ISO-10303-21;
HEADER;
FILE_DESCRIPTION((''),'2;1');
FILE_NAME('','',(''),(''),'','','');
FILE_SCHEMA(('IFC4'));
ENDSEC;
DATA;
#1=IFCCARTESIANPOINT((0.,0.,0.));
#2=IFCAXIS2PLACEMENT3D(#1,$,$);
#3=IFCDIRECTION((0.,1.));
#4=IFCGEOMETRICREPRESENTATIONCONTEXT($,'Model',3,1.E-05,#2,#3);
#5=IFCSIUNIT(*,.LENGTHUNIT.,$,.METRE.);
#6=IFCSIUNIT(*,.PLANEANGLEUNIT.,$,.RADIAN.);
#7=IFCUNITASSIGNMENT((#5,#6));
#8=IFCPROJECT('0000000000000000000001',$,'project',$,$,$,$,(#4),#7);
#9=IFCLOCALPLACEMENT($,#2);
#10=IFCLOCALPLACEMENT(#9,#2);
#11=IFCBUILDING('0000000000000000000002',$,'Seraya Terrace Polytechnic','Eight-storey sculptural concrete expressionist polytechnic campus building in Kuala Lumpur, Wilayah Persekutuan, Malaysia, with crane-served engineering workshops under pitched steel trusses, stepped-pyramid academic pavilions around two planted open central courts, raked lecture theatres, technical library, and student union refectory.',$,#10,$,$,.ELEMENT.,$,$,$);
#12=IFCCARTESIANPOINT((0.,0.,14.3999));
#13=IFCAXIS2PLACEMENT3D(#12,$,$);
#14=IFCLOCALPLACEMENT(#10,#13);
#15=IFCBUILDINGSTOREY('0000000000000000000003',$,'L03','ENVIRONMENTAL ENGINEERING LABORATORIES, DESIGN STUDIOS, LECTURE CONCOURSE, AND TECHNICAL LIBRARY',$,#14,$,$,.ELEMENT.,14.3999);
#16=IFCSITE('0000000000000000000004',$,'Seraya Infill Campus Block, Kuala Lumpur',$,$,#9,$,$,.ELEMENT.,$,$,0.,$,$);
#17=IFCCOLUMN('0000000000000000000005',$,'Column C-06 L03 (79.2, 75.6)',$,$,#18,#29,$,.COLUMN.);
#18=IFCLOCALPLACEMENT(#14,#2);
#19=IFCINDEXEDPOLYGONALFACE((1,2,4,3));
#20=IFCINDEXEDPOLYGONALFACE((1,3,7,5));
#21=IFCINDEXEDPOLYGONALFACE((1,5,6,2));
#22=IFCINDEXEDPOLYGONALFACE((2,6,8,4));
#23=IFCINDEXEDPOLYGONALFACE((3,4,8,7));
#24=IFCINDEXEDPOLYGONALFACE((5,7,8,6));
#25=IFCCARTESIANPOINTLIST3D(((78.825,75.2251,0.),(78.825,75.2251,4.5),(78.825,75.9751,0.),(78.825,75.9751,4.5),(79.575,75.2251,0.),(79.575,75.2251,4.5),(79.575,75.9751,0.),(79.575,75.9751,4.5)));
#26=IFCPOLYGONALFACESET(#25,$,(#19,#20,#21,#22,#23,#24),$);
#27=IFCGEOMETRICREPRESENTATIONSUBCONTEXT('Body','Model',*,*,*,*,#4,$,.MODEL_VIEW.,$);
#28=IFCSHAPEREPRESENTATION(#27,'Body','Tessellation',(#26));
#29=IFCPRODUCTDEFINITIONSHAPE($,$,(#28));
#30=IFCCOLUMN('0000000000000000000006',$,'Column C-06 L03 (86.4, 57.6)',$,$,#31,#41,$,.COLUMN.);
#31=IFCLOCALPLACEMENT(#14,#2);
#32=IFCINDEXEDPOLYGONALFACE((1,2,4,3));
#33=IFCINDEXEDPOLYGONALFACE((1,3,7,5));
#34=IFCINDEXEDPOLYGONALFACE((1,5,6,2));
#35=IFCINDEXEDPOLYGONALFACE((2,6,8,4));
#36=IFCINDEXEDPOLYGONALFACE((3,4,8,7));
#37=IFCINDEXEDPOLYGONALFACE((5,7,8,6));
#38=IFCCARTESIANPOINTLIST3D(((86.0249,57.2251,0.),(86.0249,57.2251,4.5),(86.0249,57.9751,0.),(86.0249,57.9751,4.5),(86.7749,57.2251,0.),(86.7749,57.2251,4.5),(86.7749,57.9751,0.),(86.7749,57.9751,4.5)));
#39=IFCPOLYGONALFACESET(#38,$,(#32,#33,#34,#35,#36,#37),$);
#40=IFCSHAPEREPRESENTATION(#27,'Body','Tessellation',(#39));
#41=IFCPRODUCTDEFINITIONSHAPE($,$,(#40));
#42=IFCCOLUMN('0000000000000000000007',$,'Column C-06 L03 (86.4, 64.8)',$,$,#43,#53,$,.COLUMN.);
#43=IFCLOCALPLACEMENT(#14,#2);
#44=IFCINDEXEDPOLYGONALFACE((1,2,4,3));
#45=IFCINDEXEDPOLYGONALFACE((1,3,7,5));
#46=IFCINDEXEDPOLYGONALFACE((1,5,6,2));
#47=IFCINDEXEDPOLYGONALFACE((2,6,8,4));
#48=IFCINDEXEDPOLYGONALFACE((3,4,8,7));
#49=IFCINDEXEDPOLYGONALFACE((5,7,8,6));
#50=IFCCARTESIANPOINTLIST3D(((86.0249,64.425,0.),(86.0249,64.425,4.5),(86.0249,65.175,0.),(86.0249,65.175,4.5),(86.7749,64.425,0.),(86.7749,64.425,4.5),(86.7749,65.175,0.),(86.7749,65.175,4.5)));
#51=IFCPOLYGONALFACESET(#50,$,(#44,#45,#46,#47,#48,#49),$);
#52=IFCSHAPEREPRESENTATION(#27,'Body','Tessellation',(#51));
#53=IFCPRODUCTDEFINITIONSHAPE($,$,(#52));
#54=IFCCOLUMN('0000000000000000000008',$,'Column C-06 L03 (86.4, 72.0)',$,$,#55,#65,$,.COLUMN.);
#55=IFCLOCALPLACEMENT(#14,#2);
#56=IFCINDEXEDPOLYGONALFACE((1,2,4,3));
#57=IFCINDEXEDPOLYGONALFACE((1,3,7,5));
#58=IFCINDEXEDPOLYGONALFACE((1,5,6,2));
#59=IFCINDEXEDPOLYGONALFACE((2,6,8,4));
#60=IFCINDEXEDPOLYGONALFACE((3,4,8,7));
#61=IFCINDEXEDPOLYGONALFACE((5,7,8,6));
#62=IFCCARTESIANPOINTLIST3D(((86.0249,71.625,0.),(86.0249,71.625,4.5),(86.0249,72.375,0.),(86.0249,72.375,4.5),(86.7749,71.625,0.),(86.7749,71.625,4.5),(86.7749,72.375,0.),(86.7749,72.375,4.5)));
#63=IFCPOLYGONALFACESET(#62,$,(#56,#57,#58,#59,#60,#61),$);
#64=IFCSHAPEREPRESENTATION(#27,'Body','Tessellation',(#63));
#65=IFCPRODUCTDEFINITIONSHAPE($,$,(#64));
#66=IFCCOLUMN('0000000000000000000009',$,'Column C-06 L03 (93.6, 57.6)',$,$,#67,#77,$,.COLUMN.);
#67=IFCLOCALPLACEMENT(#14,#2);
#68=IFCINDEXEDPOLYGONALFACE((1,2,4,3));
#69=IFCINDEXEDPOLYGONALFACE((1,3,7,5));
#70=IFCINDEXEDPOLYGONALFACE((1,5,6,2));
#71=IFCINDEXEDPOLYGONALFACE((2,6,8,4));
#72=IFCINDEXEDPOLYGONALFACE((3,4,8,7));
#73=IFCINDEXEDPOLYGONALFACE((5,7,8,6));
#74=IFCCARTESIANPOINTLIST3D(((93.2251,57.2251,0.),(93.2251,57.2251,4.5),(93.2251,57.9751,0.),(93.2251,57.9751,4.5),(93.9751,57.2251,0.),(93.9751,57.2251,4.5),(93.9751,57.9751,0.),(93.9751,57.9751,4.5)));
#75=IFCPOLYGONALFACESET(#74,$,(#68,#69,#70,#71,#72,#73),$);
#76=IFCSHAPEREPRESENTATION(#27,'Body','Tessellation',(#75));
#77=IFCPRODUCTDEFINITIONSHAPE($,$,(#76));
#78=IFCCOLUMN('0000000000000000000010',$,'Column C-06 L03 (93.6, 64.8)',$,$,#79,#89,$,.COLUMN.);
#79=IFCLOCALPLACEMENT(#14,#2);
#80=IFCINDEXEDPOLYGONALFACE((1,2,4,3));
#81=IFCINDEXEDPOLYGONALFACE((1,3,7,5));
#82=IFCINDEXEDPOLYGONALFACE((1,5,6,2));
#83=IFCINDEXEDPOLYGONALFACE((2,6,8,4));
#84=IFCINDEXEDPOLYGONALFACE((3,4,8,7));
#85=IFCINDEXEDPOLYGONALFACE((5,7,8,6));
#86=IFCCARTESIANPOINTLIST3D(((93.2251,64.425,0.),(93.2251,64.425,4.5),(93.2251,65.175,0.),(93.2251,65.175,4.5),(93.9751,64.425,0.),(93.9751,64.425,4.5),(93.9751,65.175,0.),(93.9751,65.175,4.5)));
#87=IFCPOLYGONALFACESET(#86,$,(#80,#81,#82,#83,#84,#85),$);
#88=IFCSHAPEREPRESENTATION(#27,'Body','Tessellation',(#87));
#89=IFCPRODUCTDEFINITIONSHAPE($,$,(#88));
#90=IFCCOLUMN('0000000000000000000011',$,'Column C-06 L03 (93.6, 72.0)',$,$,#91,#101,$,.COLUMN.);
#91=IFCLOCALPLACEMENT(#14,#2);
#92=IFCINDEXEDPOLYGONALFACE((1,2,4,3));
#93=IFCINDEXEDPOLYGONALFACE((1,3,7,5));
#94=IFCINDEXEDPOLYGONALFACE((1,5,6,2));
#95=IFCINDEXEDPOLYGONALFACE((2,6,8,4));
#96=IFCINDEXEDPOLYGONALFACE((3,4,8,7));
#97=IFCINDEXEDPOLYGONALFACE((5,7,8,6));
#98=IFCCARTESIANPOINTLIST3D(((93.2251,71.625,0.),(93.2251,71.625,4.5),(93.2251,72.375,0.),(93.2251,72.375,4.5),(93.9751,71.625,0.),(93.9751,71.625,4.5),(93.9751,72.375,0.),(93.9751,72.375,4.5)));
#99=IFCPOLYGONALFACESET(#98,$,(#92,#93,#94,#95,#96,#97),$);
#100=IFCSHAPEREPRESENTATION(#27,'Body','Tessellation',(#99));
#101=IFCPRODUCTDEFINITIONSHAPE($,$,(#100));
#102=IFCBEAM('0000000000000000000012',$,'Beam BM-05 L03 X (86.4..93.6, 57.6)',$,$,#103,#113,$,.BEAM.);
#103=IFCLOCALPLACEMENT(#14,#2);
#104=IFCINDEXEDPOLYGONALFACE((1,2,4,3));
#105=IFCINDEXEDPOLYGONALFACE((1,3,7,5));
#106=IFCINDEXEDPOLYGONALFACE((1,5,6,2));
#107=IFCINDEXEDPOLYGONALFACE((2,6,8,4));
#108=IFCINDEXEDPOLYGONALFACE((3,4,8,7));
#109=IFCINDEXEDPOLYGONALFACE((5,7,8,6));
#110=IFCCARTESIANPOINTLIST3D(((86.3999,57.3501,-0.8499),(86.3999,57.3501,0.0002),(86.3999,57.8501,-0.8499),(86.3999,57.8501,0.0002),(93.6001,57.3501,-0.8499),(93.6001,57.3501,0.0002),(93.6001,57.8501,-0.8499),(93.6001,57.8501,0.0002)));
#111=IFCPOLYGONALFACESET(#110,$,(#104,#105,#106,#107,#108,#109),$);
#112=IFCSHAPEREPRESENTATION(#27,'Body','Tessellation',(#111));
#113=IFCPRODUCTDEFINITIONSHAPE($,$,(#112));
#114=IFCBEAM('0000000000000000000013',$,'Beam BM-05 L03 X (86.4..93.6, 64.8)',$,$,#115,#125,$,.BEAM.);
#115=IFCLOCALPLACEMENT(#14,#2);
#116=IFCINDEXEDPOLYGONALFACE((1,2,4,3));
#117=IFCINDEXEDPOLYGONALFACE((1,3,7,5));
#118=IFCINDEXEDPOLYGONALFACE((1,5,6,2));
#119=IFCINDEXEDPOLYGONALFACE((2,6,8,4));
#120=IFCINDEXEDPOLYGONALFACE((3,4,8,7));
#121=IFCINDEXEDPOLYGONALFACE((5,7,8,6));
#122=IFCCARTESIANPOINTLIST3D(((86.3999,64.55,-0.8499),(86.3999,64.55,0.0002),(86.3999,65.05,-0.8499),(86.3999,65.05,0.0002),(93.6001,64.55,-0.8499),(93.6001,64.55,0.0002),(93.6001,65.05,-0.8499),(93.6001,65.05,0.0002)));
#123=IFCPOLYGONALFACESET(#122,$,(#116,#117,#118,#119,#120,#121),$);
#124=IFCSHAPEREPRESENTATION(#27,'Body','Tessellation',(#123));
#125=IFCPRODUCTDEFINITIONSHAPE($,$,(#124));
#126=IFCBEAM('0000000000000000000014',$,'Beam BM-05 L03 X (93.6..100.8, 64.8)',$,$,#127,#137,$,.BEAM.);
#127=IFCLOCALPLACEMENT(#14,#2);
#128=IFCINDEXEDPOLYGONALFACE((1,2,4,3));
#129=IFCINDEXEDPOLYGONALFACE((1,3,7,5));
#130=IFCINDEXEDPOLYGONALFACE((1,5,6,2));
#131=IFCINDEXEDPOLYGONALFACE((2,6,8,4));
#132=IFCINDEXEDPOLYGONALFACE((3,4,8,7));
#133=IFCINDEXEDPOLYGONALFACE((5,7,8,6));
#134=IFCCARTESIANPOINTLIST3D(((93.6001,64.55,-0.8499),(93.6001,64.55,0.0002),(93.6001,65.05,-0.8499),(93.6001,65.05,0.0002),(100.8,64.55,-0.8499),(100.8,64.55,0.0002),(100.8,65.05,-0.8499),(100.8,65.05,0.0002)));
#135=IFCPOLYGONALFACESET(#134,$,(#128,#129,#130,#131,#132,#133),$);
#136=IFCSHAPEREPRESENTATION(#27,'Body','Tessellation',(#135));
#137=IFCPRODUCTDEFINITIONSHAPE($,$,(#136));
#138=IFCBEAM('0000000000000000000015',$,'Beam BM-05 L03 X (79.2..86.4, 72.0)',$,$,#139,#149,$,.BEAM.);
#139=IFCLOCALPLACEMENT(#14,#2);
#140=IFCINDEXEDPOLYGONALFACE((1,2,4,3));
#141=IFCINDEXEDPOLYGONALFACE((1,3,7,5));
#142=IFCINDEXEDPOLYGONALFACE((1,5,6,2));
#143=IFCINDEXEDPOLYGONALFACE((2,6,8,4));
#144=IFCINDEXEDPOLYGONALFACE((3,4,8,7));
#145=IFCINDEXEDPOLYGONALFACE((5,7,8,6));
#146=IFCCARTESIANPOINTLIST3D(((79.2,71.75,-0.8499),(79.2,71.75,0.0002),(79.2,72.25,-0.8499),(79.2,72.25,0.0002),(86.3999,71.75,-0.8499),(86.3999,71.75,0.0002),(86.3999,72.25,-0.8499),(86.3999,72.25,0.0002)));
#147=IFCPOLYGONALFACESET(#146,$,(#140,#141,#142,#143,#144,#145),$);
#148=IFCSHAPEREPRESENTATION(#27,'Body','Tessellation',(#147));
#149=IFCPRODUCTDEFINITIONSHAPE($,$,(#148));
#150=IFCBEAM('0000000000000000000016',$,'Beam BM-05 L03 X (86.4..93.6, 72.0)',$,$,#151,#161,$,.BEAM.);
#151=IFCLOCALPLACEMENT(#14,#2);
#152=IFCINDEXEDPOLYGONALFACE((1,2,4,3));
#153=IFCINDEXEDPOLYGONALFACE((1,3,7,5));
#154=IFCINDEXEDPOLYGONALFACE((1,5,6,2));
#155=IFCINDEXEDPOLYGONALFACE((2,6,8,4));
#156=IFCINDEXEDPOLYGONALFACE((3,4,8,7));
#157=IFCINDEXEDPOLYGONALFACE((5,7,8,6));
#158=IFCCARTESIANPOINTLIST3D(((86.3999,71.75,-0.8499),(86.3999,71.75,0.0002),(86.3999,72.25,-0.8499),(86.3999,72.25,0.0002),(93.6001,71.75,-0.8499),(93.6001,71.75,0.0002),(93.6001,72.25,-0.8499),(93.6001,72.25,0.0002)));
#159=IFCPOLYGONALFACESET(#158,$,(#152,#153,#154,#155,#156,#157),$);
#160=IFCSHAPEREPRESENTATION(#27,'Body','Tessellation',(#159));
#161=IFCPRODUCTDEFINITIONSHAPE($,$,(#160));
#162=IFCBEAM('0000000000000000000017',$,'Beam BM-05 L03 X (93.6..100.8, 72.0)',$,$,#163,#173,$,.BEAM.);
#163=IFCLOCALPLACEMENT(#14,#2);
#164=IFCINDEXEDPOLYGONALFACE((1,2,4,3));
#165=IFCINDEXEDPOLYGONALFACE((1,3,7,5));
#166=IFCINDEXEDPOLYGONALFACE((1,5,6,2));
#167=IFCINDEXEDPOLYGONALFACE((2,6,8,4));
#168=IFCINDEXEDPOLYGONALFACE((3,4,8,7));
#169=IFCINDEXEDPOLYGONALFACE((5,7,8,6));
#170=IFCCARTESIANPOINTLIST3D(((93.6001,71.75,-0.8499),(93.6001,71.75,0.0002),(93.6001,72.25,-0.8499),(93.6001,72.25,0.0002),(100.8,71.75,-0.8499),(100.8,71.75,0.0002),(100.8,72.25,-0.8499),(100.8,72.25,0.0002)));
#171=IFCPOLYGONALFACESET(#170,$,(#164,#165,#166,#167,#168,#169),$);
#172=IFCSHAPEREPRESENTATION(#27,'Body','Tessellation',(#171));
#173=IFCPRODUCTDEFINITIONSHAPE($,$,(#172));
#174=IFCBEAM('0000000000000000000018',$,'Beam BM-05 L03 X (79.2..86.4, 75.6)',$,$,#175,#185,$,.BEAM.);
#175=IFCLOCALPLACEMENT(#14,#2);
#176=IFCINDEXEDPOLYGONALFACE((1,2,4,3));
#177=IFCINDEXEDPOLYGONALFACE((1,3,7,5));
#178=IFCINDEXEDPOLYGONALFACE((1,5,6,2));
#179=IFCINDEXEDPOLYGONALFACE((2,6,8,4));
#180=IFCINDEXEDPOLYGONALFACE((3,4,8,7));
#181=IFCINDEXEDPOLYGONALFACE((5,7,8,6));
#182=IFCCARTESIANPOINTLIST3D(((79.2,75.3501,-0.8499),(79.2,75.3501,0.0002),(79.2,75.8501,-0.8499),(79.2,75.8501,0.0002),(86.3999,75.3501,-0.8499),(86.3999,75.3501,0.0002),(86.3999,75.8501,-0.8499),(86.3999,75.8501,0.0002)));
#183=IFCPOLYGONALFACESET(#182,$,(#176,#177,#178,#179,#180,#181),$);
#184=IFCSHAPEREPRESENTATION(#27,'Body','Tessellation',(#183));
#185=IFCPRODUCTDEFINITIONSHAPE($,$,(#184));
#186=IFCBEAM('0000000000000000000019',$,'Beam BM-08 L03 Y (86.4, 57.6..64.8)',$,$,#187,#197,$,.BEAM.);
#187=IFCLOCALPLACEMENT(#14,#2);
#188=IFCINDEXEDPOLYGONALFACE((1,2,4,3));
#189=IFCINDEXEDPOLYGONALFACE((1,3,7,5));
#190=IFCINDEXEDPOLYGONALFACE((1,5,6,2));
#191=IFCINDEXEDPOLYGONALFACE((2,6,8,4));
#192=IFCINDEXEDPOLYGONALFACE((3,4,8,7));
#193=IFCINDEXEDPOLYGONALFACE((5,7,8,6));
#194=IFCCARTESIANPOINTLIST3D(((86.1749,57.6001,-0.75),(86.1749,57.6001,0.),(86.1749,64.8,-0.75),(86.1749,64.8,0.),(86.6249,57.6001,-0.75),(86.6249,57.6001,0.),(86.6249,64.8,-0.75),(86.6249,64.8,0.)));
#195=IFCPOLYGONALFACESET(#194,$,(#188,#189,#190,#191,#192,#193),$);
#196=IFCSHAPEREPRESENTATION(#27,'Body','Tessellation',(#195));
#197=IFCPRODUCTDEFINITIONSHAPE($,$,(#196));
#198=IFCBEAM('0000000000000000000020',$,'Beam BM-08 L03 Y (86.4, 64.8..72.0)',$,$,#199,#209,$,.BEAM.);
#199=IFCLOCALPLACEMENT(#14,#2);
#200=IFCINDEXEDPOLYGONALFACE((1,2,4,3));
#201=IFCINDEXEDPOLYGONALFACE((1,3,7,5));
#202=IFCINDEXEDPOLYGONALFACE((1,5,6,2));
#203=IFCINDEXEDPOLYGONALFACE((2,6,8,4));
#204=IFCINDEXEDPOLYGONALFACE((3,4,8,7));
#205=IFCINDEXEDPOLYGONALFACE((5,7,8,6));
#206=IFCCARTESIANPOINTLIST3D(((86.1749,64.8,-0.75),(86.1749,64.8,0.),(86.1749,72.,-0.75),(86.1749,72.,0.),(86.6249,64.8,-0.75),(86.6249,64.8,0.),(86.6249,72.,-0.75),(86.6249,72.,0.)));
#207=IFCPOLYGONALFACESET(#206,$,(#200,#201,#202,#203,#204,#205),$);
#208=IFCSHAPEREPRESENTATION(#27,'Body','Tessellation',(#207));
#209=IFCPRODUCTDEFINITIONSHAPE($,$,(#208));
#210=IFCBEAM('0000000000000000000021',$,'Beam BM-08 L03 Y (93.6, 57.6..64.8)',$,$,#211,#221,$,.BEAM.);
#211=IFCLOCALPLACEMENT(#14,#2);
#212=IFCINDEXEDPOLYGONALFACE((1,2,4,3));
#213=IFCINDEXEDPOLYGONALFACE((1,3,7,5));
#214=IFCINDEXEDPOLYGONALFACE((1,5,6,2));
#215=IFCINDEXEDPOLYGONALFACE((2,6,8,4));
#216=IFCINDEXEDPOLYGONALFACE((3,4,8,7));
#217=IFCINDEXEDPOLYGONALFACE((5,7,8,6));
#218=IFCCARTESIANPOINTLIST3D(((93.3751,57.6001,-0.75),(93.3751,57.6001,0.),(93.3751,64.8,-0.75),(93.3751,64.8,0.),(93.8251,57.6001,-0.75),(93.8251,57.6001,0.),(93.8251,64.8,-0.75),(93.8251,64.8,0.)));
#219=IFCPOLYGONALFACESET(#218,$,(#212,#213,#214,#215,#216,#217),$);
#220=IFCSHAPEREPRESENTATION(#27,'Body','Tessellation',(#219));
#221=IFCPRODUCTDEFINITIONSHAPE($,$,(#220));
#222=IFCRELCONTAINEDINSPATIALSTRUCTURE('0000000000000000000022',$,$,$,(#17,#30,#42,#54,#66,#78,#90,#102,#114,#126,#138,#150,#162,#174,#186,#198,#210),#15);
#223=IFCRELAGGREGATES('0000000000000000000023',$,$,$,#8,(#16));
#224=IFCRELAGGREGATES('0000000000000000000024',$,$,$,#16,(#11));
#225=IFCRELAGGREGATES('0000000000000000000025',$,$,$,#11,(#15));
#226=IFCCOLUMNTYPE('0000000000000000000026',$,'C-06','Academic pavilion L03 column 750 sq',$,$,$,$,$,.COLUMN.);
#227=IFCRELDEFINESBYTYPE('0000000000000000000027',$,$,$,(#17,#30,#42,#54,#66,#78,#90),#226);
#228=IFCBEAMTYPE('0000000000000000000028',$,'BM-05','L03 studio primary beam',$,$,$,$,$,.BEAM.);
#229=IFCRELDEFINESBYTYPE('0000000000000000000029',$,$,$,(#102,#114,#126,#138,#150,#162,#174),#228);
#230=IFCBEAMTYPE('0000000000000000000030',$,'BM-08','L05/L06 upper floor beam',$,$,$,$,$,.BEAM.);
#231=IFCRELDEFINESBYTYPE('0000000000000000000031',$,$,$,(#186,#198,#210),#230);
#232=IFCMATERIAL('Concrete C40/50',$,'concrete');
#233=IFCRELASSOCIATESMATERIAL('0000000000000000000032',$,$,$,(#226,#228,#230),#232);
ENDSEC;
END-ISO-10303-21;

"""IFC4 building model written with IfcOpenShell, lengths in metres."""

from ifc_helpers import new_model, si_unit, direction, frame, origin, origin_2d, place, context, subcontext, project, spatial, rectangle, extrude, material, material_profile, profile_set, type_object, element, save


model = new_model("IFC4")

# Units and contexts
model_context = context("Model", 3, precision=1e-05, world=origin(), true_north=direction((0.0, 1.0)))
body_context = subcontext(model_context, "Body", "Model", "MODEL_VIEW")
ifc_project = project(units=[si_unit("LENGTHUNIT", "METRE"), si_unit("PLANEANGLEUNIT", "RADIAN")], contexts=[model_context])

# Site, building, storey
site_placement = place(None, origin())
site = spatial("IfcSite", under=ifc_project, at=site_placement, Name="Seraya Infill Campus Block, Kuala Lumpur", CompositionType="ELEMENT", RefElevation=0.0)
building_placement = place(site_placement, origin())
building = spatial("IfcBuilding", under=site, at=building_placement, Name="Seraya Terrace Polytechnic", Description="Eight-storey sculptural concrete expressionist polytechnic campus building in Kuala Lumpur, Wilayah Persekutuan, Malaysia, with crane-served engineering workshops under pitched steel trusses, stepped-pyramid academic pavilions around two planted open central courts, raked lecture theatres, technical library, and student union refectory.", CompositionType="ELEMENT")
storey_placement = place(building_placement, frame((0.0, 0.0, 14.3999)))
storey = spatial("IfcBuildingStorey", under=building, at=storey_placement, Name="L03", Description="ENVIRONMENTAL ENGINEERING LABORATORIES, DESIGN STUDIOS, LECTURE CONCOURSE, AND TECHNICAL LIBRARY", CompositionType="ELEMENT", Elevation=14.3999)

# Columns
ifc_material_1 = material(Name="Concrete C40/50", Category="concrete")
ifc_material_profile_1 = material_profile(ifc_material_1, rectangle(XDim=0.75, YDim=0.75, at=origin_2d()), Name="RC 750x750")
ifc_profile_set_1 = profile_set([ifc_material_profile_1], Name="Concrete C40/50")
column_type = type_object("IfcColumnType", Name="C-06", Description="Academic pavilion L03 column 750 sq", PredefinedType="COLUMN", material=ifc_profile_set_1)
for number, where, z_axis, x_axis, name in (
    (1, (79.2, 75.6001, 0.0), (0.0, 0.0, 1.0), (1.0, 0.0, 0.0), "Column C-06 L03 (79.2, 75.6)"),
    (2, (86.3999, 57.6001, 0.0), (0.0, 0.0, 1.0), (1.0, 0.0, 0.0), "Column C-06 L03 (86.4, 57.6)"),
    (3, (86.3999, 64.8, 0.0), (0.0, 0.0, 1.0), (1.0, 0.0, 0.0), "Column C-06 L03 (86.4, 64.8)"),
    (4, (86.3999, 72.0, 0.0), (0.0, 0.0, 1.0), (1.0, 0.0, 0.0), "Column C-06 L03 (86.4, 72.0)"),
    (5, (93.6001, 57.6001, 0.0), (0.0, 0.0, 1.0), (1.0, 0.0, 0.0), "Column C-06 L03 (93.6, 57.6)"),
    (6, (93.6001, 64.8, 0.0), (0.0, 0.0, 1.0), (1.0, 0.0, 0.0), "Column C-06 L03 (93.6, 64.8)"),
    (7, (93.6001, 72.0, 0.0), (0.0, 0.0, 1.0), (1.0, 0.0, 0.0), "Column C-06 L03 (93.6, 72.0)"),
):
    element("IfcColumn", number, at=place(storey_placement, frame(where, z_axis=z_axis, x_axis=x_axis)), inside=storey, type_object=column_type, Name=name, PredefinedType="COLUMN", context=body_context, shape_type="SweptSolid", body=[
        extrude(rectangle(XDim=0.75, YDim=0.75, at=origin_2d()), origin(), (0.0, 0.0, 1.0), 4.5),
    ])

# Beams
ifc_material_profile_2 = material_profile(ifc_material_1, rectangle(XDim=0.5, YDim=0.8501, at=origin_2d()), Name="RC 500x850")
ifc_profile_set_2 = profile_set([ifc_material_profile_2], Name="Concrete C40/50")
beam_type_1 = type_object("IfcBeamType", Name="BM-05", Description="L03 studio primary beam", PredefinedType="BEAM", material=ifc_profile_set_2)
for number, where, z_axis, x_axis, name in (
    (8, (86.3999, 57.6001, -0.4248), (1.0, 0.0, 0.0), (0.0, 1.0, 0.0), "Beam BM-05 L03 X (86.4..93.6, 57.6)"),
    (9, (86.3999, 64.8, -0.4248), (1.0, 0.0, 0.0), (0.0, 1.0, 0.0), "Beam BM-05 L03 X (86.4..93.6, 64.8)"),
):
    element("IfcBeam", number, at=place(storey_placement, frame(where, z_axis=z_axis, x_axis=x_axis)), inside=storey, type_object=beam_type_1, Name=name, PredefinedType="BEAM", context=body_context, shape_type="SweptSolid", body=[
        extrude(rectangle(XDim=0.5, YDim=0.8501, at=origin_2d()), origin(), (0.0, 0.0, 1.0), 7.2002),
    ])
for number, where, z_axis, x_axis, name in (
    (10, (93.6001, 64.8, -0.4248), (1.0, 0.0, 0.0), (0.0, 1.0, 0.0), "Beam BM-05 L03 X (93.6..100.8, 64.8)"),
    (11, (79.2, 72.0, -0.4248), (1.0, 0.0, 0.0), (0.0, 1.0, 0.0), "Beam BM-05 L03 X (79.2..86.4, 72.0)"),
):
    element("IfcBeam", number, at=place(storey_placement, frame(where, z_axis=z_axis, x_axis=x_axis)), inside=storey, type_object=beam_type_1, Name=name, PredefinedType="BEAM", context=body_context, shape_type="SweptSolid", body=[
        extrude(rectangle(XDim=0.5, YDim=0.8501, at=origin_2d()), origin(), (0.0, 0.0, 1.0), 7.2),
    ])
beam_placement = place(storey_placement, frame((86.3999, 72.0, -0.4248), z_axis=(1.0, 0.0, 0.0), x_axis=(0.0, 1.0, 0.0)))
element("IfcBeam", 12, at=beam_placement, inside=storey, type_object=beam_type_1, Name="Beam BM-05 L03 X (86.4..93.6, 72.0)", PredefinedType="BEAM", context=body_context, shape_type="SweptSolid", body=[
    extrude(rectangle(XDim=0.5, YDim=0.8501, at=origin_2d()), origin(), (0.0, 0.0, 1.0), 7.2002),
])
for number, where, z_axis, x_axis, name in (
    (13, (93.6001, 72.0, -0.4248), (1.0, 0.0, 0.0), (0.0, 1.0, 0.0), "Beam BM-05 L03 X (93.6..100.8, 72.0)"),
    (14, (79.2, 75.6001, -0.4248), (1.0, 0.0, 0.0), (0.0, 1.0, 0.0), "Beam BM-05 L03 X (79.2..86.4, 75.6)"),
):
    element("IfcBeam", number, at=place(storey_placement, frame(where, z_axis=z_axis, x_axis=x_axis)), inside=storey, type_object=beam_type_1, Name=name, PredefinedType="BEAM", context=body_context, shape_type="SweptSolid", body=[
        extrude(rectangle(XDim=0.5, YDim=0.8501, at=origin_2d()), origin(), (0.0, 0.0, 1.0), 7.2),
    ])
ifc_material_profile_3 = material_profile(ifc_material_1, rectangle(XDim=0.45, YDim=0.75, at=origin_2d()), Name="RC 450x750")
ifc_profile_set_3 = profile_set([ifc_material_profile_3], Name="Concrete C40/50")
beam_type_2 = type_object("IfcBeamType", Name="BM-08", Description="L05/L06 upper floor beam", PredefinedType="BEAM", material=ifc_profile_set_3)
for number, where, z_axis, x_axis, name in (
    (15, (86.3999, 57.6001, -0.375), (0.0, 1.0, 0.0), (-1.0, 0.0, 0.0), "Beam BM-08 L03 Y (86.4, 57.6..64.8)"),
    (16, (86.3999, 64.8, -0.375), (0.0, 1.0, 0.0), (-1.0, 0.0, 0.0), "Beam BM-08 L03 Y (86.4, 64.8..72.0)"),
    (17, (93.6001, 57.6001, -0.375), (0.0, 1.0, 0.0), (-1.0, 0.0, 0.0), "Beam BM-08 L03 Y (93.6, 57.6..64.8)"),
):
    element("IfcBeam", number, at=place(storey_placement, frame(where, z_axis=z_axis, x_axis=x_axis)), inside=storey, type_object=beam_type_2, Name=name, PredefinedType="BEAM", context=body_context, shape_type="SweptSolid", body=[
        extrude(rectangle(XDim=0.45, YDim=0.75, at=origin_2d()), origin(), (0.0, 0.0, 1.0), 7.2),
    ])

save(model, "model.ifc")
